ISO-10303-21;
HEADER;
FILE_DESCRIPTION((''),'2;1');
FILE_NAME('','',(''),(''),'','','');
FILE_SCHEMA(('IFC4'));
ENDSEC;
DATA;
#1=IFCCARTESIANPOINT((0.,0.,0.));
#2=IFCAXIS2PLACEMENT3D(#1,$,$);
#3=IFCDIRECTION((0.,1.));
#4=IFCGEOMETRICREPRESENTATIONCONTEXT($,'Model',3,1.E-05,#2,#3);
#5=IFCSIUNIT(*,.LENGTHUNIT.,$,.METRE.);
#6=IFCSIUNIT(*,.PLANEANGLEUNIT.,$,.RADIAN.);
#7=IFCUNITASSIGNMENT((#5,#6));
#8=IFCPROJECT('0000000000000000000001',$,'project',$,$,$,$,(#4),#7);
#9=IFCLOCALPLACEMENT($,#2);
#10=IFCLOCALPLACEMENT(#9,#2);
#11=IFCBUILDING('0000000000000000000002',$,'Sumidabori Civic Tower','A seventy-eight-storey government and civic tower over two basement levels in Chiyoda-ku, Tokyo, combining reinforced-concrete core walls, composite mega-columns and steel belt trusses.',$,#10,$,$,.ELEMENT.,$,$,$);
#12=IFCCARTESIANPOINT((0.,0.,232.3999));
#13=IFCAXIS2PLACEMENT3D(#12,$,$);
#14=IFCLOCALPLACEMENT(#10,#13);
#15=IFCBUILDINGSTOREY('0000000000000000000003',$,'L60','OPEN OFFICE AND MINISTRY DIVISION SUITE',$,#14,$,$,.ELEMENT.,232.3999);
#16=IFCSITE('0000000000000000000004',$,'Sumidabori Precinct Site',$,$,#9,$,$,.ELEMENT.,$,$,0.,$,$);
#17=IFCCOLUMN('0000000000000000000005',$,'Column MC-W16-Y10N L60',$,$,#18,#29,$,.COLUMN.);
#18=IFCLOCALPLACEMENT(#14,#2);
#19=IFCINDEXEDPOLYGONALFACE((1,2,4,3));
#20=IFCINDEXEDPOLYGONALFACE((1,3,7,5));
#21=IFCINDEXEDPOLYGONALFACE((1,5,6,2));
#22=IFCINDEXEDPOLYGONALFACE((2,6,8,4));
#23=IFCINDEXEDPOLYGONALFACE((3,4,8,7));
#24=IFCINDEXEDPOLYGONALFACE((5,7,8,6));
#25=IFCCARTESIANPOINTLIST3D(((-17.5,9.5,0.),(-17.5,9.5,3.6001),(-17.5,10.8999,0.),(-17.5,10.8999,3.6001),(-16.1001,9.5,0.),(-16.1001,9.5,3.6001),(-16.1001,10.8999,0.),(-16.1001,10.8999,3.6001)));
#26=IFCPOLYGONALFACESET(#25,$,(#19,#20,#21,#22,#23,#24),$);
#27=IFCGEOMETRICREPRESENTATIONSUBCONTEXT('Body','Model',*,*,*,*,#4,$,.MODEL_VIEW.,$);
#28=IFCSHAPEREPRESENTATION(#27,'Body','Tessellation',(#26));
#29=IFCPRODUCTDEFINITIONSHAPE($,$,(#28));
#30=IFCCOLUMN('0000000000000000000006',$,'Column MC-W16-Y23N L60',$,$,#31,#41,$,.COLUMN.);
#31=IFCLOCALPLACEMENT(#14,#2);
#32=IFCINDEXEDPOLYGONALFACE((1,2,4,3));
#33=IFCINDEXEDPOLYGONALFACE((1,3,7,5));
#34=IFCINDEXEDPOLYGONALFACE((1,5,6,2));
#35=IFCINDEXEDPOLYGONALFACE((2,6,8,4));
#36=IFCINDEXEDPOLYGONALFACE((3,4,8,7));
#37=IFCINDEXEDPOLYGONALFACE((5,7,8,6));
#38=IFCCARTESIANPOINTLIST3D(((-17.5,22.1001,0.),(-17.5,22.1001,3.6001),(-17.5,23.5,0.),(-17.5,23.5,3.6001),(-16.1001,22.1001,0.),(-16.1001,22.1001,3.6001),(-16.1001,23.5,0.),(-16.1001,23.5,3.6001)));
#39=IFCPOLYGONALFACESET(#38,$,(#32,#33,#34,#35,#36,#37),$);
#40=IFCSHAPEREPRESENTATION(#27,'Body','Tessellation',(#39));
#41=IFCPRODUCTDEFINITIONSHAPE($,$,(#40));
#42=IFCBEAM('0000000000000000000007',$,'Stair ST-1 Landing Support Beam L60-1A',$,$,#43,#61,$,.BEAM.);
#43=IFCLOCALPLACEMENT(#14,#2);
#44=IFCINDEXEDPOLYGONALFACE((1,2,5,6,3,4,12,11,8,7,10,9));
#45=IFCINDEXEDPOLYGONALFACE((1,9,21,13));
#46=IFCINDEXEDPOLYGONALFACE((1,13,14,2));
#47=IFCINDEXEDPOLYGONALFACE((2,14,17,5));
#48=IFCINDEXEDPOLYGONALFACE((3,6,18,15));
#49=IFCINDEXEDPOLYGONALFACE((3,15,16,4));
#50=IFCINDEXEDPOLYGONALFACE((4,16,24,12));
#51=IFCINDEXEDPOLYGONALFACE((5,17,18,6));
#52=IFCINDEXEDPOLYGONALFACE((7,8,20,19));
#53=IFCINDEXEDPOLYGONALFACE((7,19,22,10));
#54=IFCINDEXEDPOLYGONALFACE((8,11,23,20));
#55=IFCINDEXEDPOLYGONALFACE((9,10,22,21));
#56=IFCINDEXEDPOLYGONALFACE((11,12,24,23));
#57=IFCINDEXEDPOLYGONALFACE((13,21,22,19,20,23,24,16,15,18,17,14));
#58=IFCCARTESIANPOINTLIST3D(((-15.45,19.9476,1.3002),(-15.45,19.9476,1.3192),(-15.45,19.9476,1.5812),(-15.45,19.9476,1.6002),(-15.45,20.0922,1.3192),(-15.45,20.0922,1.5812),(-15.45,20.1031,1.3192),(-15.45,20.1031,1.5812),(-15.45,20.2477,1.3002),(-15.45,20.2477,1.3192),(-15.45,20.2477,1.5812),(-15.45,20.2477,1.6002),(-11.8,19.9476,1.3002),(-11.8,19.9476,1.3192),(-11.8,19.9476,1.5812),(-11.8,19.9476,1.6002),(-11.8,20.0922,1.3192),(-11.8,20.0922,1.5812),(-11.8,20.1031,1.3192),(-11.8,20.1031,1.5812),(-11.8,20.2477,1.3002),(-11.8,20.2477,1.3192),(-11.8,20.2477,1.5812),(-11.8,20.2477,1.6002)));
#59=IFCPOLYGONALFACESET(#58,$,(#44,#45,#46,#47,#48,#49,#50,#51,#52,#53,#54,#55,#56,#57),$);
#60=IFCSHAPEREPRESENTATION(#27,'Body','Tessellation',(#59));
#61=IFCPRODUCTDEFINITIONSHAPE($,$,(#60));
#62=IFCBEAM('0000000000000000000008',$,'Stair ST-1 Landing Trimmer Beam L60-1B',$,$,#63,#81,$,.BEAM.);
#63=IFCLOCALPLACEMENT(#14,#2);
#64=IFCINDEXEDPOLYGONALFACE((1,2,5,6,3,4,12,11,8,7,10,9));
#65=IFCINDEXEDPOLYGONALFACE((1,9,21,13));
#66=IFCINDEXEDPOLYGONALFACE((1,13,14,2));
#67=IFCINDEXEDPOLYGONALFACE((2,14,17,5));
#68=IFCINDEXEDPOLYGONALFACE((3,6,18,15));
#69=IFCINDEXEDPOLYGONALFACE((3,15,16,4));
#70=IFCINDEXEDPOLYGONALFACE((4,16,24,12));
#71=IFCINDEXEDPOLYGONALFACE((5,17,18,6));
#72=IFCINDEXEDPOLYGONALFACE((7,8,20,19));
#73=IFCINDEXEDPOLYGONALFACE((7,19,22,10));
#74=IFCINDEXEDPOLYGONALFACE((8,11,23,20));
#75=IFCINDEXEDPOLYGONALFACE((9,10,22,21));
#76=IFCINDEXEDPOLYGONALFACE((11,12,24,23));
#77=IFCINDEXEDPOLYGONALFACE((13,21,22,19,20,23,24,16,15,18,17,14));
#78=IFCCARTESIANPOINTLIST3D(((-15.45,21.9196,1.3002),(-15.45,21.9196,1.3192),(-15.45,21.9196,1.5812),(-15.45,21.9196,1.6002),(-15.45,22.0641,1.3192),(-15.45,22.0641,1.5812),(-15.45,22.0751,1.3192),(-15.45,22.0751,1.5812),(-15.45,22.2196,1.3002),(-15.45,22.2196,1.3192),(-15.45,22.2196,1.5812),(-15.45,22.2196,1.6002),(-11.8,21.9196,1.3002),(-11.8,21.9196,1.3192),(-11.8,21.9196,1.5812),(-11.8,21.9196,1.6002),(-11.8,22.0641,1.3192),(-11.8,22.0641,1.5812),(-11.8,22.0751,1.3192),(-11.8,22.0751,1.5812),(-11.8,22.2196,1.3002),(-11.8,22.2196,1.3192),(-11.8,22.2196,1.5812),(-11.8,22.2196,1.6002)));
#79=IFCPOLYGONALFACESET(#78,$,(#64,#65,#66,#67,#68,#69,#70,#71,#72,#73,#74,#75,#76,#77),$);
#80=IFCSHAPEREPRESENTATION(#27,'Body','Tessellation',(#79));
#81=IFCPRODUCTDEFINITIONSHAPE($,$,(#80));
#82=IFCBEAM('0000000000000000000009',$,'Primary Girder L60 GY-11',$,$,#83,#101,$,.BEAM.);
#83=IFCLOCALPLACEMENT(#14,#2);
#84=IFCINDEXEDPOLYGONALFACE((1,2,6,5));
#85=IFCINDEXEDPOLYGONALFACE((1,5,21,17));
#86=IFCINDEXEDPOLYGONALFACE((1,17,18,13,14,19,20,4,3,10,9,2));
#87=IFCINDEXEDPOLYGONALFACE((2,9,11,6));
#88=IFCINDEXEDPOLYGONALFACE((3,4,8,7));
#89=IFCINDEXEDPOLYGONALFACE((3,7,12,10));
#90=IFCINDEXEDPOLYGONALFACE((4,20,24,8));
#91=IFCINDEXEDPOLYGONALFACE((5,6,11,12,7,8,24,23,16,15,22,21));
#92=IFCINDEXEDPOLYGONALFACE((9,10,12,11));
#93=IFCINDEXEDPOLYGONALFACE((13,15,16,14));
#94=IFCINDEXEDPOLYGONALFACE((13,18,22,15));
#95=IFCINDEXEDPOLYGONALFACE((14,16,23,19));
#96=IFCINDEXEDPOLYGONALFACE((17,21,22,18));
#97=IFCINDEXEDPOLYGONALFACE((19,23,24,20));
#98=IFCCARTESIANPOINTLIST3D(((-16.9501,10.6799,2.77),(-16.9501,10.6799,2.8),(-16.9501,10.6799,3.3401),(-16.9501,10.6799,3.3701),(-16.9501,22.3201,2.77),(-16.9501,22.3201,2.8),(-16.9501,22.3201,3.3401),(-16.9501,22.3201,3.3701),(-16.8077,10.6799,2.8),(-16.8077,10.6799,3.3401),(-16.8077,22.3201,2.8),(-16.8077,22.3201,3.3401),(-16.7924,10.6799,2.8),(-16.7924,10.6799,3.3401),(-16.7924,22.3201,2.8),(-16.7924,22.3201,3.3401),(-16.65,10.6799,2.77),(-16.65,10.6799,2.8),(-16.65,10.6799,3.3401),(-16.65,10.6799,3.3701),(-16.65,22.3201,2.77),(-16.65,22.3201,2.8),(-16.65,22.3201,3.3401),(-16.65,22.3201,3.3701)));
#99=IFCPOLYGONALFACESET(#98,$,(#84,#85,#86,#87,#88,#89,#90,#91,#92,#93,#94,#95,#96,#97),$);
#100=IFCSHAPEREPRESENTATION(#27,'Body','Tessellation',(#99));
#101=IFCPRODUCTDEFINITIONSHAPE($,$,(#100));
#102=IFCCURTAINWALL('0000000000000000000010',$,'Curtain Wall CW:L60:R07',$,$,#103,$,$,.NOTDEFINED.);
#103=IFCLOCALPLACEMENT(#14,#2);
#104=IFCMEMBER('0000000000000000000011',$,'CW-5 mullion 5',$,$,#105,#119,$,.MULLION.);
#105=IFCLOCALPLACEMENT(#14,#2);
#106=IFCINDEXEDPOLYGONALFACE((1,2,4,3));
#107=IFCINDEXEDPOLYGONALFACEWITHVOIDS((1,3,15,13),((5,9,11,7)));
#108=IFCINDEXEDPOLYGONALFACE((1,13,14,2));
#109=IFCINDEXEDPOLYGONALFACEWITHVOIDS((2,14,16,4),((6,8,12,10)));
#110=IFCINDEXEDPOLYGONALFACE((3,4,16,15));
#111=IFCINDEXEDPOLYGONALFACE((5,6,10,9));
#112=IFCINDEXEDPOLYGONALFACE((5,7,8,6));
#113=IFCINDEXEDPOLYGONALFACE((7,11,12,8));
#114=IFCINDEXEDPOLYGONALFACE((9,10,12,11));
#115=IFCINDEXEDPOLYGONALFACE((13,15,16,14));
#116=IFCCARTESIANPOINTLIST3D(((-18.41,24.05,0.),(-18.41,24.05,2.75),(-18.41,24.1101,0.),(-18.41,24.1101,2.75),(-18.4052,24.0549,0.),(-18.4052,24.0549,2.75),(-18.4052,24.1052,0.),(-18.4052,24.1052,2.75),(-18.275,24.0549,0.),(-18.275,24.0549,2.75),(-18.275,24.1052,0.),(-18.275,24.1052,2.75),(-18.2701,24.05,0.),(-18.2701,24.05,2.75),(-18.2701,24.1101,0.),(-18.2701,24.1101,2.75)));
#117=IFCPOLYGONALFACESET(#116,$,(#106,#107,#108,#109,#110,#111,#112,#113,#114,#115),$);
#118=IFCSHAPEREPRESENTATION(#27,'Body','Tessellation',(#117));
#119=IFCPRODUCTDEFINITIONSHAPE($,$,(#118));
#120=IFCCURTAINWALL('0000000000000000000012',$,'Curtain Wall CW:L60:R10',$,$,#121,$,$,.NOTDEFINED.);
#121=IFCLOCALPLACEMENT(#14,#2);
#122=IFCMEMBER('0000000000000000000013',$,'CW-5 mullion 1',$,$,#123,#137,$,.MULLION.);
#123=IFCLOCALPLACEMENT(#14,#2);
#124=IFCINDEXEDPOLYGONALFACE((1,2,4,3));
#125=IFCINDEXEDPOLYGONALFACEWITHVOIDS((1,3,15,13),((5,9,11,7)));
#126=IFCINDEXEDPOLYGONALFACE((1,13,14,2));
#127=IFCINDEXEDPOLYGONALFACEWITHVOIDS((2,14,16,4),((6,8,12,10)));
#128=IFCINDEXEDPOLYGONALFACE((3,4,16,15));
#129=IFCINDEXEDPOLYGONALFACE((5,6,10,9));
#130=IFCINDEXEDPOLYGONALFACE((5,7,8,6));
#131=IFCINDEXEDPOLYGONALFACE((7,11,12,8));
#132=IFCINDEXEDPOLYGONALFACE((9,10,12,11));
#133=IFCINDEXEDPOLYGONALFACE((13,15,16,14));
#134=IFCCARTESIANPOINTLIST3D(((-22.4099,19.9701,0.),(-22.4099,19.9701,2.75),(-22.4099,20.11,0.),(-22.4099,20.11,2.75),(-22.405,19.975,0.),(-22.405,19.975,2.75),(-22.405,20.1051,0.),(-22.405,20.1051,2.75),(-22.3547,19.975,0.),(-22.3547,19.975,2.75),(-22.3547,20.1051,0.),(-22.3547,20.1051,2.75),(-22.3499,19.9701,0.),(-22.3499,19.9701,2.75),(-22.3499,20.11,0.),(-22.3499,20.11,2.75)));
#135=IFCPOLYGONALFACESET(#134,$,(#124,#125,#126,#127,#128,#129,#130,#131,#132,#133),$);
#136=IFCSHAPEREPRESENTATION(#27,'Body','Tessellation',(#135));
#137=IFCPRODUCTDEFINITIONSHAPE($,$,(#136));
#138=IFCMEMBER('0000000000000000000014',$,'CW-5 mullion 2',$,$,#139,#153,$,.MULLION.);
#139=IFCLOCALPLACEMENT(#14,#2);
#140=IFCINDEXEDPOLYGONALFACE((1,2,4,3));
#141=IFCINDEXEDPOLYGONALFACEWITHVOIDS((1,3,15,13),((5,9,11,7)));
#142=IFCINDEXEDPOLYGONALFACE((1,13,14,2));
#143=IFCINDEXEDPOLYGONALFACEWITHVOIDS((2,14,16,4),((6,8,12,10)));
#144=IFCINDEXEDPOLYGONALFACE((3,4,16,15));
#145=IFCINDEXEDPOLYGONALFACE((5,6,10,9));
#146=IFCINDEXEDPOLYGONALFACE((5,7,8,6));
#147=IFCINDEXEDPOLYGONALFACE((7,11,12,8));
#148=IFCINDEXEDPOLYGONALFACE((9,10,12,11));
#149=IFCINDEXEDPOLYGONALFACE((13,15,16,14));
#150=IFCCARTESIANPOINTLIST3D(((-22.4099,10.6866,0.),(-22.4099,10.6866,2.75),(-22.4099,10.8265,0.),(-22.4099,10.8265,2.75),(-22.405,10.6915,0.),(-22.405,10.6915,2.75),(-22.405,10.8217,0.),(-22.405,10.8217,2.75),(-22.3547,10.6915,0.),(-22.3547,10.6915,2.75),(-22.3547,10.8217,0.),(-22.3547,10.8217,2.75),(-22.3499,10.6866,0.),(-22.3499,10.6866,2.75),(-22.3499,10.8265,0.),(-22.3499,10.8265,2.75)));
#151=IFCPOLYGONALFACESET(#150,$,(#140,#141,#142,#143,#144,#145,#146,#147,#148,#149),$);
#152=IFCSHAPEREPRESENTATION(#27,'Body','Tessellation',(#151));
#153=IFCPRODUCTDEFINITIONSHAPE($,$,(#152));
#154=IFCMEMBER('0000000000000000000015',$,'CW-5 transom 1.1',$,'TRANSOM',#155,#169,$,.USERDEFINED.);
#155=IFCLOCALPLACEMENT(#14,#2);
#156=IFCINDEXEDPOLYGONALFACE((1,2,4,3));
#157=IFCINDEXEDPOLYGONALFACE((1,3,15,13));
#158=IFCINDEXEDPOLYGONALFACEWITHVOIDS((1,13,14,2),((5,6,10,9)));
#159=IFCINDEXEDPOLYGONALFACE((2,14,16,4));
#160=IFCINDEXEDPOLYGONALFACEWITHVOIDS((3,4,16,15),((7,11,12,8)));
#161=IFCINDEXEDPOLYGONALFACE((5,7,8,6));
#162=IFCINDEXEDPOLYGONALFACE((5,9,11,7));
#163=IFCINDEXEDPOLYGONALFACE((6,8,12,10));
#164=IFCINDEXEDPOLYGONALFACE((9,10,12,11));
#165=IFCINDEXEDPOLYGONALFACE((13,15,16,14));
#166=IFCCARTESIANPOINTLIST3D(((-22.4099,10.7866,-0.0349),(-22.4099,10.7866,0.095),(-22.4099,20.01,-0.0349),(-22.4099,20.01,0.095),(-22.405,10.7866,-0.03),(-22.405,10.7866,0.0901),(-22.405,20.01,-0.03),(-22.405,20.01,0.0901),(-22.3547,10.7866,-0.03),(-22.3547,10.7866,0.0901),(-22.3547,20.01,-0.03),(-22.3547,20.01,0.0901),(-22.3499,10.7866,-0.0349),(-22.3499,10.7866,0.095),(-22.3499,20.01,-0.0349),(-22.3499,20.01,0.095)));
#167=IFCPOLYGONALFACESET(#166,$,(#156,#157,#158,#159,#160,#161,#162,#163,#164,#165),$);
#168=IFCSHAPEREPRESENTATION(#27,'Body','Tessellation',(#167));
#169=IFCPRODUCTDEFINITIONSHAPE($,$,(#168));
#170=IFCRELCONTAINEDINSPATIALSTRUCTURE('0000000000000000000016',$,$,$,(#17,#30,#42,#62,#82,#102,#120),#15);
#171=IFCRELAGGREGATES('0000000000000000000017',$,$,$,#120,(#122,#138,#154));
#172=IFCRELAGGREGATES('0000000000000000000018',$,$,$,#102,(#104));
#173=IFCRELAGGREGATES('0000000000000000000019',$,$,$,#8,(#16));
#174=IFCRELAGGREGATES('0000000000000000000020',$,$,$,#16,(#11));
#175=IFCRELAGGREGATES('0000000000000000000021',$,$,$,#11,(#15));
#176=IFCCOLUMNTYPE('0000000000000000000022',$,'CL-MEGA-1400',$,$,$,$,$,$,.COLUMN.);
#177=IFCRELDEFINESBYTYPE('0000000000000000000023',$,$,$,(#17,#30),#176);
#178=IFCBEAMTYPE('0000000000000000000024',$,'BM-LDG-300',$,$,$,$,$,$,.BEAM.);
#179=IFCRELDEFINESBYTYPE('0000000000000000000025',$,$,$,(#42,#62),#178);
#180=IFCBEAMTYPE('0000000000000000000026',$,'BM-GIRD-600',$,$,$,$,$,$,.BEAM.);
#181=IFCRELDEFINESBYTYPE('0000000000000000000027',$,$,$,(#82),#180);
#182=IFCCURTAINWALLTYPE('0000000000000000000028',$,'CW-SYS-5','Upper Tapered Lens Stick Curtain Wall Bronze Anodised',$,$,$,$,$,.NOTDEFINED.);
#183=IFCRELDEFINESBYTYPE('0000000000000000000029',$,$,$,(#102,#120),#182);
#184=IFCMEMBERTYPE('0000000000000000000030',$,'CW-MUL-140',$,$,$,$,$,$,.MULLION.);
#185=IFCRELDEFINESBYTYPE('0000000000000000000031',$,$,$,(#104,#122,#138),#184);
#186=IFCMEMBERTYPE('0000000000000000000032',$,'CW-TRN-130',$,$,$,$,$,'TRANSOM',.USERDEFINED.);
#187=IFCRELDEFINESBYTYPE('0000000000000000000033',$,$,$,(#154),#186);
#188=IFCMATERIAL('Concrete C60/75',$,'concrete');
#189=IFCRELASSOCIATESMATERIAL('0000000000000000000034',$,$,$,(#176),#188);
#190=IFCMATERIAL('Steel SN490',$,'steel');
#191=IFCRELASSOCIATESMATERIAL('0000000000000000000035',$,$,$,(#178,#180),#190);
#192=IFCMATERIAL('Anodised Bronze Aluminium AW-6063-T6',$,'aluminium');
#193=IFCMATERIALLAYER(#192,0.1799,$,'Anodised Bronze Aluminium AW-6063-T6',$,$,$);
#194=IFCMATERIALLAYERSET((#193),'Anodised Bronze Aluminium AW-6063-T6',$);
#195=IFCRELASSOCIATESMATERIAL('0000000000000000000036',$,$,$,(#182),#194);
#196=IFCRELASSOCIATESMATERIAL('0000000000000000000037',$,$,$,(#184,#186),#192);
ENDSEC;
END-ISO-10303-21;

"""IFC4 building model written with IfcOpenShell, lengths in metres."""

from ifc_helpers import new_model, si_unit, direction, frame, origin, origin_2d, place, context, subcontext, project, spatial, rectangle, hollow_rectangle, i_section, extrude, source, transform, mapped, material, layer, layer_set, material_profile, profile_set, type_object, element, aggregate, save


model = new_model("IFC4")

# Units and contexts
model_context = context("Model", 3, precision=1e-05, world=origin(), true_north=direction((0.0, 1.0)))
body_context = subcontext(model_context, "Body", "Model", "MODEL_VIEW")
ifc_project = project(units=[si_unit("LENGTHUNIT", "METRE"), si_unit("PLANEANGLEUNIT", "RADIAN")], contexts=[model_context])

# Site, building, storey
site_placement = place(None, origin())
site = spatial("IfcSite", under=ifc_project, at=site_placement, Name="Sumidabori Precinct Site", CompositionType="ELEMENT", RefElevation=0.0)
building_placement = place(site_placement, origin())
building = spatial("IfcBuilding", under=site, at=building_placement, Name="Sumidabori Civic Tower", Description="A seventy-eight-storey government and civic tower over two basement levels in Chiyoda-ku, Tokyo, combining reinforced-concrete core walls, composite mega-columns and steel belt trusses.", CompositionType="ELEMENT")
storey_placement = place(building_placement, frame((0.0, 0.0, 232.3999)))
storey = spatial("IfcBuildingStorey", under=building, at=storey_placement, Name="L60", Description="OPEN OFFICE AND MINISTRY DIVISION SUITE", CompositionType="ELEMENT", Elevation=232.3999)

# Columns
ifc_material_1 = material(Name="Concrete C60/75", Category="concrete")
ifc_material_profile_1 = material_profile(ifc_material_1, rectangle(XDim=1.3999, YDim=1.3999, at=origin_2d()), Name="RC 1400x1400")
ifc_profile_set_1 = profile_set([ifc_material_profile_1], Name="Concrete C60/75")
column_type = type_object("IfcColumnType", Name="CL-MEGA-1400", PredefinedType="COLUMN", material=ifc_profile_set_1)
shared_shape_1 = source(origin(), body_context, "Body", "SweptSolid", [
    extrude(rectangle(XDim=1.3999, YDim=1.3999, at=origin_2d()), origin(), (0.0, 0.0, 1.0), 3.6001),
])
for number, where, z_axis, x_axis, name in (
    (1, (-16.8, 10.2, 0.0), (0.0, 0.0, 1.0), (1.0, 0.0, 0.0), "Column MC-W16-Y10N L60"),
    (2, (-16.8, 22.8, 0.0), (0.0, 0.0, 1.0), (1.0, 0.0, 0.0), "Column MC-W16-Y23N L60"),
):
    element("IfcColumn", number, at=place(storey_placement, frame(where, z_axis=z_axis, x_axis=x_axis)), inside=storey, type_object=column_type, Name=name, PredefinedType="COLUMN", context=body_context, shape_type="MappedRepresentation", body=[
        mapped(shared_shape_1, transform((0.0, 0.0, 0.0), x_axis=(1.0, 0.0, 0.0), y_axis=(0.0, 1.0, 0.0), z_axis=(0.0, 0.0, 1.0), scale=1.0)),
    ])

# Beams
ifc_material_2 = material(Name="Steel SN490", Category="steel")
ifc_material_profile_2 = material_profile(ifc_material_2, i_section(OverallWidth=0.3, OverallDepth=0.3, WebThickness=0.011, FlangeThickness=0.019, at=origin_2d()), Name="HE 300 B")
ifc_profile_set_2 = profile_set([ifc_material_profile_2], Name="Steel SN490")
beam_type_1 = type_object("IfcBeamType", Name="BM-LDG-300", PredefinedType="BEAM", material=ifc_profile_set_2)
shared_shape_2 = source(origin(), body_context, "Body", "SweptSolid", [
    extrude(i_section(OverallWidth=0.3, OverallDepth=0.3, WebThickness=0.011, FlangeThickness=0.019, at=origin_2d()), origin(), (0.0, 0.0, 1.0), 3.6499),
])
for number, where, z_axis, x_axis, name in (
    (3, (-15.45, 20.0977, 1.4502), (1.0, 0.0, 0.0), (0.0, 1.0, 0.0), "Stair ST-1 Landing Support Beam L60-1A"),
    (4, (-15.45, 22.0696, 1.4502), (1.0, 0.0, 0.0), (0.0, 1.0, 0.0), "Stair ST-1 Landing Trimmer Beam L60-1B"),
):
    element("IfcBeam", number, at=place(storey_placement, frame(where, z_axis=z_axis, x_axis=x_axis)), inside=storey, type_object=beam_type_1, Name=name, PredefinedType="BEAM", context=body_context, shape_type="MappedRepresentation", body=[
        mapped(shared_shape_2, transform((0.0, 0.0, 0.0), x_axis=(1.0, 0.0, 0.0), y_axis=(0.0, 1.0, 0.0), z_axis=(0.0, 0.0, 1.0), scale=1.0)),
    ])
ifc_material_profile_3 = material_profile(ifc_material_2, i_section(OverallWidth=0.3, OverallDepth=0.6001, WebThickness=0.0154, FlangeThickness=0.03, at=origin_2d()), Name="HE 600 B")
ifc_profile_set_3 = profile_set([ifc_material_profile_3], Name="Steel SN490")
beam_type_2 = type_object("IfcBeamType", Name="BM-GIRD-600", PredefinedType="BEAM", material=ifc_profile_set_3)
shared_shape_3 = source(origin(), body_context, "Body", "SweptSolid", [
    extrude(i_section(OverallWidth=0.3, OverallDepth=0.6001, WebThickness=0.0154, FlangeThickness=0.03, at=origin_2d()), origin(), (0.0, 0.0, 1.0), 11.6401),
])
beam_placement = place(storey_placement, frame((-16.8, 10.6799, 3.0701), z_axis=(0.0, 1.0, 0.0), x_axis=(-1.0, 0.0, 0.0)))
element("IfcBeam", 5, at=beam_placement, inside=storey, type_object=beam_type_2, Name="Primary Girder L60 GY-11", PredefinedType="BEAM", context=body_context, shape_type="MappedRepresentation", body=[
    mapped(shared_shape_3, transform((0.0, 0.0, 0.0), x_axis=(1.0, 0.0, 0.0), y_axis=(0.0, 1.0, 0.0), z_axis=(0.0, 0.0, 1.0), scale=1.0)),
])

# Curtain wall, member
ifc_material_3 = material(Name="Anodised Bronze Aluminium AW-6063-T6", Category="aluminium")
ifc_layer_1 = layer(ifc_material_3, 0.1799, Name="Anodised Bronze Aluminium AW-6063-T6")
ifc_layer_set_1 = layer_set([ifc_layer_1], Name="Anodised Bronze Aluminium AW-6063-T6")
curtain_wall_type = type_object("IfcCurtainWallType", Name="CW-SYS-5", Description="Upper Tapered Lens Stick Curtain Wall Bronze Anodised", PredefinedType="NOTDEFINED", material=ifc_layer_set_1)
curtain_wall_1_placement = place(storey_placement, origin())
curtain_wall_1 = element("IfcCurtainWall", 6, at=curtain_wall_1_placement, inside=storey, type_object=curtain_wall_type, Name="Curtain Wall CW:L60:R07", PredefinedType="NOTDEFINED")
ifc_material_profile_4 = material_profile(ifc_material_3, hollow_rectangle(XDim=0.0601, YDim=0.1399, WallThickness=0.0049, at=origin_2d()), Name="ALU MULLION 140x60")
ifc_profile_set_4 = profile_set([ifc_material_profile_4], Name="Anodised Bronze Aluminium AW-6063-T6")
member_type_1 = type_object("IfcMemberType", Name="CW-MUL-140", PredefinedType="MULLION", material=ifc_profile_set_4)
shared_shape_4 = source(origin(), body_context, "Body", "SweptSolid", [
    extrude(hollow_rectangle(XDim=0.0601, YDim=0.1399, WallThickness=0.0049, at=origin_2d()), origin(), (0.0, 0.0, 1.0), 2.75),
])
member_1_placement = place(storey_placement, frame((-18.3401, 24.0801, 0.0), z_axis=(0.0, 0.0, 1.0), x_axis=(0.0, -1.0, 0.0)))
member_1 = element("IfcMember", 7, at=member_1_placement, type_object=member_type_1, Name="CW-5 mullion 5", PredefinedType="MULLION", context=body_context, shape_type="MappedRepresentation", body=[
    mapped(shared_shape_4, transform((0.0, 0.0, 0.0), x_axis=(1.0, 0.0, 0.0), y_axis=(0.0, 1.0, 0.0), z_axis=(0.0, 0.0, 1.0), scale=1.0)),
])

# Curtain wall, members
curtain_wall_2_placement = place(storey_placement, origin())
curtain_wall_2 = element("IfcCurtainWall", 8, at=curtain_wall_2_placement, inside=storey, type_object=curtain_wall_type, Name="Curtain Wall CW:L60:R10", PredefinedType="NOTDEFINED")
member_2_placement = place(storey_placement, frame((-22.3799, 20.04, 0.0), z_axis=(0.0, 0.0, 1.0), x_axis=(1.0, 0.0, 0.0)))
member_2 = element("IfcMember", 9, at=member_2_placement, type_object=member_type_1, Name="CW-5 mullion 1", PredefinedType="MULLION", context=body_context, shape_type="MappedRepresentation", body=[
    mapped(shared_shape_4, transform((0.0, 0.0, 0.0), x_axis=(1.0, 0.0, 0.0), y_axis=(0.0, 1.0, 0.0), z_axis=(0.0, 0.0, 1.0), scale=1.0)),
])
member_3_placement = place(storey_placement, frame((-22.3799, 10.7566, 0.0), z_axis=(0.0, 0.0, 1.0), x_axis=(1.0, 0.0, 0.0)))
member_3 = element("IfcMember", 10, at=member_3_placement, type_object=member_type_1, Name="CW-5 mullion 2", PredefinedType="MULLION", context=body_context, shape_type="MappedRepresentation", body=[
    mapped(shared_shape_4, transform((0.0, 0.0, 0.0), x_axis=(1.0, 0.0, 0.0), y_axis=(0.0, 1.0, 0.0), z_axis=(0.0, 0.0, 1.0), scale=1.0)),
])
ifc_material_profile_5 = material_profile(ifc_material_3, hollow_rectangle(XDim=0.0601, YDim=0.1299, WallThickness=0.0049, at=origin_2d()), Name="ALU TRANSOM 130x60")
ifc_profile_set_5 = profile_set([ifc_material_profile_5], Name="Anodised Bronze Aluminium AW-6063-T6")
member_type_2 = type_object("IfcMemberType", Name="CW-TRN-130", ElementType="TRANSOM", PredefinedType="USERDEFINED", material=ifc_profile_set_5)
shared_shape_5 = source(origin(), body_context, "Body", "SweptSolid", [
    extrude(hollow_rectangle(XDim=0.0601, YDim=0.1299, WallThickness=0.0049, at=origin_2d()), origin(), (0.0, 0.0, 1.0), 9.2234),
])
member_4_placement = place(storey_placement, frame((-22.3799, 20.01, 0.03), z_axis=(0.0, -1.0, 0.0), x_axis=(1.0, 0.0, 0.0)))
member_4 = element("IfcMember", 11, at=member_4_placement, type_object=member_type_2, Name="CW-5 transom 1.1", ObjectType="TRANSOM", PredefinedType="USERDEFINED", context=body_context, shape_type="MappedRepresentation", body=[
    mapped(shared_shape_5, transform((0.0, 0.0, 0.0), x_axis=(1.0, 0.0, 0.0), y_axis=(0.0, 1.0, 0.0), z_axis=(0.0, 0.0, 1.0), scale=1.0)),
])
aggregate(curtain_wall_2, [member_2, member_3, member_4])

aggregate(curtain_wall_1, [member_1])

save(model, "model.ifc")
